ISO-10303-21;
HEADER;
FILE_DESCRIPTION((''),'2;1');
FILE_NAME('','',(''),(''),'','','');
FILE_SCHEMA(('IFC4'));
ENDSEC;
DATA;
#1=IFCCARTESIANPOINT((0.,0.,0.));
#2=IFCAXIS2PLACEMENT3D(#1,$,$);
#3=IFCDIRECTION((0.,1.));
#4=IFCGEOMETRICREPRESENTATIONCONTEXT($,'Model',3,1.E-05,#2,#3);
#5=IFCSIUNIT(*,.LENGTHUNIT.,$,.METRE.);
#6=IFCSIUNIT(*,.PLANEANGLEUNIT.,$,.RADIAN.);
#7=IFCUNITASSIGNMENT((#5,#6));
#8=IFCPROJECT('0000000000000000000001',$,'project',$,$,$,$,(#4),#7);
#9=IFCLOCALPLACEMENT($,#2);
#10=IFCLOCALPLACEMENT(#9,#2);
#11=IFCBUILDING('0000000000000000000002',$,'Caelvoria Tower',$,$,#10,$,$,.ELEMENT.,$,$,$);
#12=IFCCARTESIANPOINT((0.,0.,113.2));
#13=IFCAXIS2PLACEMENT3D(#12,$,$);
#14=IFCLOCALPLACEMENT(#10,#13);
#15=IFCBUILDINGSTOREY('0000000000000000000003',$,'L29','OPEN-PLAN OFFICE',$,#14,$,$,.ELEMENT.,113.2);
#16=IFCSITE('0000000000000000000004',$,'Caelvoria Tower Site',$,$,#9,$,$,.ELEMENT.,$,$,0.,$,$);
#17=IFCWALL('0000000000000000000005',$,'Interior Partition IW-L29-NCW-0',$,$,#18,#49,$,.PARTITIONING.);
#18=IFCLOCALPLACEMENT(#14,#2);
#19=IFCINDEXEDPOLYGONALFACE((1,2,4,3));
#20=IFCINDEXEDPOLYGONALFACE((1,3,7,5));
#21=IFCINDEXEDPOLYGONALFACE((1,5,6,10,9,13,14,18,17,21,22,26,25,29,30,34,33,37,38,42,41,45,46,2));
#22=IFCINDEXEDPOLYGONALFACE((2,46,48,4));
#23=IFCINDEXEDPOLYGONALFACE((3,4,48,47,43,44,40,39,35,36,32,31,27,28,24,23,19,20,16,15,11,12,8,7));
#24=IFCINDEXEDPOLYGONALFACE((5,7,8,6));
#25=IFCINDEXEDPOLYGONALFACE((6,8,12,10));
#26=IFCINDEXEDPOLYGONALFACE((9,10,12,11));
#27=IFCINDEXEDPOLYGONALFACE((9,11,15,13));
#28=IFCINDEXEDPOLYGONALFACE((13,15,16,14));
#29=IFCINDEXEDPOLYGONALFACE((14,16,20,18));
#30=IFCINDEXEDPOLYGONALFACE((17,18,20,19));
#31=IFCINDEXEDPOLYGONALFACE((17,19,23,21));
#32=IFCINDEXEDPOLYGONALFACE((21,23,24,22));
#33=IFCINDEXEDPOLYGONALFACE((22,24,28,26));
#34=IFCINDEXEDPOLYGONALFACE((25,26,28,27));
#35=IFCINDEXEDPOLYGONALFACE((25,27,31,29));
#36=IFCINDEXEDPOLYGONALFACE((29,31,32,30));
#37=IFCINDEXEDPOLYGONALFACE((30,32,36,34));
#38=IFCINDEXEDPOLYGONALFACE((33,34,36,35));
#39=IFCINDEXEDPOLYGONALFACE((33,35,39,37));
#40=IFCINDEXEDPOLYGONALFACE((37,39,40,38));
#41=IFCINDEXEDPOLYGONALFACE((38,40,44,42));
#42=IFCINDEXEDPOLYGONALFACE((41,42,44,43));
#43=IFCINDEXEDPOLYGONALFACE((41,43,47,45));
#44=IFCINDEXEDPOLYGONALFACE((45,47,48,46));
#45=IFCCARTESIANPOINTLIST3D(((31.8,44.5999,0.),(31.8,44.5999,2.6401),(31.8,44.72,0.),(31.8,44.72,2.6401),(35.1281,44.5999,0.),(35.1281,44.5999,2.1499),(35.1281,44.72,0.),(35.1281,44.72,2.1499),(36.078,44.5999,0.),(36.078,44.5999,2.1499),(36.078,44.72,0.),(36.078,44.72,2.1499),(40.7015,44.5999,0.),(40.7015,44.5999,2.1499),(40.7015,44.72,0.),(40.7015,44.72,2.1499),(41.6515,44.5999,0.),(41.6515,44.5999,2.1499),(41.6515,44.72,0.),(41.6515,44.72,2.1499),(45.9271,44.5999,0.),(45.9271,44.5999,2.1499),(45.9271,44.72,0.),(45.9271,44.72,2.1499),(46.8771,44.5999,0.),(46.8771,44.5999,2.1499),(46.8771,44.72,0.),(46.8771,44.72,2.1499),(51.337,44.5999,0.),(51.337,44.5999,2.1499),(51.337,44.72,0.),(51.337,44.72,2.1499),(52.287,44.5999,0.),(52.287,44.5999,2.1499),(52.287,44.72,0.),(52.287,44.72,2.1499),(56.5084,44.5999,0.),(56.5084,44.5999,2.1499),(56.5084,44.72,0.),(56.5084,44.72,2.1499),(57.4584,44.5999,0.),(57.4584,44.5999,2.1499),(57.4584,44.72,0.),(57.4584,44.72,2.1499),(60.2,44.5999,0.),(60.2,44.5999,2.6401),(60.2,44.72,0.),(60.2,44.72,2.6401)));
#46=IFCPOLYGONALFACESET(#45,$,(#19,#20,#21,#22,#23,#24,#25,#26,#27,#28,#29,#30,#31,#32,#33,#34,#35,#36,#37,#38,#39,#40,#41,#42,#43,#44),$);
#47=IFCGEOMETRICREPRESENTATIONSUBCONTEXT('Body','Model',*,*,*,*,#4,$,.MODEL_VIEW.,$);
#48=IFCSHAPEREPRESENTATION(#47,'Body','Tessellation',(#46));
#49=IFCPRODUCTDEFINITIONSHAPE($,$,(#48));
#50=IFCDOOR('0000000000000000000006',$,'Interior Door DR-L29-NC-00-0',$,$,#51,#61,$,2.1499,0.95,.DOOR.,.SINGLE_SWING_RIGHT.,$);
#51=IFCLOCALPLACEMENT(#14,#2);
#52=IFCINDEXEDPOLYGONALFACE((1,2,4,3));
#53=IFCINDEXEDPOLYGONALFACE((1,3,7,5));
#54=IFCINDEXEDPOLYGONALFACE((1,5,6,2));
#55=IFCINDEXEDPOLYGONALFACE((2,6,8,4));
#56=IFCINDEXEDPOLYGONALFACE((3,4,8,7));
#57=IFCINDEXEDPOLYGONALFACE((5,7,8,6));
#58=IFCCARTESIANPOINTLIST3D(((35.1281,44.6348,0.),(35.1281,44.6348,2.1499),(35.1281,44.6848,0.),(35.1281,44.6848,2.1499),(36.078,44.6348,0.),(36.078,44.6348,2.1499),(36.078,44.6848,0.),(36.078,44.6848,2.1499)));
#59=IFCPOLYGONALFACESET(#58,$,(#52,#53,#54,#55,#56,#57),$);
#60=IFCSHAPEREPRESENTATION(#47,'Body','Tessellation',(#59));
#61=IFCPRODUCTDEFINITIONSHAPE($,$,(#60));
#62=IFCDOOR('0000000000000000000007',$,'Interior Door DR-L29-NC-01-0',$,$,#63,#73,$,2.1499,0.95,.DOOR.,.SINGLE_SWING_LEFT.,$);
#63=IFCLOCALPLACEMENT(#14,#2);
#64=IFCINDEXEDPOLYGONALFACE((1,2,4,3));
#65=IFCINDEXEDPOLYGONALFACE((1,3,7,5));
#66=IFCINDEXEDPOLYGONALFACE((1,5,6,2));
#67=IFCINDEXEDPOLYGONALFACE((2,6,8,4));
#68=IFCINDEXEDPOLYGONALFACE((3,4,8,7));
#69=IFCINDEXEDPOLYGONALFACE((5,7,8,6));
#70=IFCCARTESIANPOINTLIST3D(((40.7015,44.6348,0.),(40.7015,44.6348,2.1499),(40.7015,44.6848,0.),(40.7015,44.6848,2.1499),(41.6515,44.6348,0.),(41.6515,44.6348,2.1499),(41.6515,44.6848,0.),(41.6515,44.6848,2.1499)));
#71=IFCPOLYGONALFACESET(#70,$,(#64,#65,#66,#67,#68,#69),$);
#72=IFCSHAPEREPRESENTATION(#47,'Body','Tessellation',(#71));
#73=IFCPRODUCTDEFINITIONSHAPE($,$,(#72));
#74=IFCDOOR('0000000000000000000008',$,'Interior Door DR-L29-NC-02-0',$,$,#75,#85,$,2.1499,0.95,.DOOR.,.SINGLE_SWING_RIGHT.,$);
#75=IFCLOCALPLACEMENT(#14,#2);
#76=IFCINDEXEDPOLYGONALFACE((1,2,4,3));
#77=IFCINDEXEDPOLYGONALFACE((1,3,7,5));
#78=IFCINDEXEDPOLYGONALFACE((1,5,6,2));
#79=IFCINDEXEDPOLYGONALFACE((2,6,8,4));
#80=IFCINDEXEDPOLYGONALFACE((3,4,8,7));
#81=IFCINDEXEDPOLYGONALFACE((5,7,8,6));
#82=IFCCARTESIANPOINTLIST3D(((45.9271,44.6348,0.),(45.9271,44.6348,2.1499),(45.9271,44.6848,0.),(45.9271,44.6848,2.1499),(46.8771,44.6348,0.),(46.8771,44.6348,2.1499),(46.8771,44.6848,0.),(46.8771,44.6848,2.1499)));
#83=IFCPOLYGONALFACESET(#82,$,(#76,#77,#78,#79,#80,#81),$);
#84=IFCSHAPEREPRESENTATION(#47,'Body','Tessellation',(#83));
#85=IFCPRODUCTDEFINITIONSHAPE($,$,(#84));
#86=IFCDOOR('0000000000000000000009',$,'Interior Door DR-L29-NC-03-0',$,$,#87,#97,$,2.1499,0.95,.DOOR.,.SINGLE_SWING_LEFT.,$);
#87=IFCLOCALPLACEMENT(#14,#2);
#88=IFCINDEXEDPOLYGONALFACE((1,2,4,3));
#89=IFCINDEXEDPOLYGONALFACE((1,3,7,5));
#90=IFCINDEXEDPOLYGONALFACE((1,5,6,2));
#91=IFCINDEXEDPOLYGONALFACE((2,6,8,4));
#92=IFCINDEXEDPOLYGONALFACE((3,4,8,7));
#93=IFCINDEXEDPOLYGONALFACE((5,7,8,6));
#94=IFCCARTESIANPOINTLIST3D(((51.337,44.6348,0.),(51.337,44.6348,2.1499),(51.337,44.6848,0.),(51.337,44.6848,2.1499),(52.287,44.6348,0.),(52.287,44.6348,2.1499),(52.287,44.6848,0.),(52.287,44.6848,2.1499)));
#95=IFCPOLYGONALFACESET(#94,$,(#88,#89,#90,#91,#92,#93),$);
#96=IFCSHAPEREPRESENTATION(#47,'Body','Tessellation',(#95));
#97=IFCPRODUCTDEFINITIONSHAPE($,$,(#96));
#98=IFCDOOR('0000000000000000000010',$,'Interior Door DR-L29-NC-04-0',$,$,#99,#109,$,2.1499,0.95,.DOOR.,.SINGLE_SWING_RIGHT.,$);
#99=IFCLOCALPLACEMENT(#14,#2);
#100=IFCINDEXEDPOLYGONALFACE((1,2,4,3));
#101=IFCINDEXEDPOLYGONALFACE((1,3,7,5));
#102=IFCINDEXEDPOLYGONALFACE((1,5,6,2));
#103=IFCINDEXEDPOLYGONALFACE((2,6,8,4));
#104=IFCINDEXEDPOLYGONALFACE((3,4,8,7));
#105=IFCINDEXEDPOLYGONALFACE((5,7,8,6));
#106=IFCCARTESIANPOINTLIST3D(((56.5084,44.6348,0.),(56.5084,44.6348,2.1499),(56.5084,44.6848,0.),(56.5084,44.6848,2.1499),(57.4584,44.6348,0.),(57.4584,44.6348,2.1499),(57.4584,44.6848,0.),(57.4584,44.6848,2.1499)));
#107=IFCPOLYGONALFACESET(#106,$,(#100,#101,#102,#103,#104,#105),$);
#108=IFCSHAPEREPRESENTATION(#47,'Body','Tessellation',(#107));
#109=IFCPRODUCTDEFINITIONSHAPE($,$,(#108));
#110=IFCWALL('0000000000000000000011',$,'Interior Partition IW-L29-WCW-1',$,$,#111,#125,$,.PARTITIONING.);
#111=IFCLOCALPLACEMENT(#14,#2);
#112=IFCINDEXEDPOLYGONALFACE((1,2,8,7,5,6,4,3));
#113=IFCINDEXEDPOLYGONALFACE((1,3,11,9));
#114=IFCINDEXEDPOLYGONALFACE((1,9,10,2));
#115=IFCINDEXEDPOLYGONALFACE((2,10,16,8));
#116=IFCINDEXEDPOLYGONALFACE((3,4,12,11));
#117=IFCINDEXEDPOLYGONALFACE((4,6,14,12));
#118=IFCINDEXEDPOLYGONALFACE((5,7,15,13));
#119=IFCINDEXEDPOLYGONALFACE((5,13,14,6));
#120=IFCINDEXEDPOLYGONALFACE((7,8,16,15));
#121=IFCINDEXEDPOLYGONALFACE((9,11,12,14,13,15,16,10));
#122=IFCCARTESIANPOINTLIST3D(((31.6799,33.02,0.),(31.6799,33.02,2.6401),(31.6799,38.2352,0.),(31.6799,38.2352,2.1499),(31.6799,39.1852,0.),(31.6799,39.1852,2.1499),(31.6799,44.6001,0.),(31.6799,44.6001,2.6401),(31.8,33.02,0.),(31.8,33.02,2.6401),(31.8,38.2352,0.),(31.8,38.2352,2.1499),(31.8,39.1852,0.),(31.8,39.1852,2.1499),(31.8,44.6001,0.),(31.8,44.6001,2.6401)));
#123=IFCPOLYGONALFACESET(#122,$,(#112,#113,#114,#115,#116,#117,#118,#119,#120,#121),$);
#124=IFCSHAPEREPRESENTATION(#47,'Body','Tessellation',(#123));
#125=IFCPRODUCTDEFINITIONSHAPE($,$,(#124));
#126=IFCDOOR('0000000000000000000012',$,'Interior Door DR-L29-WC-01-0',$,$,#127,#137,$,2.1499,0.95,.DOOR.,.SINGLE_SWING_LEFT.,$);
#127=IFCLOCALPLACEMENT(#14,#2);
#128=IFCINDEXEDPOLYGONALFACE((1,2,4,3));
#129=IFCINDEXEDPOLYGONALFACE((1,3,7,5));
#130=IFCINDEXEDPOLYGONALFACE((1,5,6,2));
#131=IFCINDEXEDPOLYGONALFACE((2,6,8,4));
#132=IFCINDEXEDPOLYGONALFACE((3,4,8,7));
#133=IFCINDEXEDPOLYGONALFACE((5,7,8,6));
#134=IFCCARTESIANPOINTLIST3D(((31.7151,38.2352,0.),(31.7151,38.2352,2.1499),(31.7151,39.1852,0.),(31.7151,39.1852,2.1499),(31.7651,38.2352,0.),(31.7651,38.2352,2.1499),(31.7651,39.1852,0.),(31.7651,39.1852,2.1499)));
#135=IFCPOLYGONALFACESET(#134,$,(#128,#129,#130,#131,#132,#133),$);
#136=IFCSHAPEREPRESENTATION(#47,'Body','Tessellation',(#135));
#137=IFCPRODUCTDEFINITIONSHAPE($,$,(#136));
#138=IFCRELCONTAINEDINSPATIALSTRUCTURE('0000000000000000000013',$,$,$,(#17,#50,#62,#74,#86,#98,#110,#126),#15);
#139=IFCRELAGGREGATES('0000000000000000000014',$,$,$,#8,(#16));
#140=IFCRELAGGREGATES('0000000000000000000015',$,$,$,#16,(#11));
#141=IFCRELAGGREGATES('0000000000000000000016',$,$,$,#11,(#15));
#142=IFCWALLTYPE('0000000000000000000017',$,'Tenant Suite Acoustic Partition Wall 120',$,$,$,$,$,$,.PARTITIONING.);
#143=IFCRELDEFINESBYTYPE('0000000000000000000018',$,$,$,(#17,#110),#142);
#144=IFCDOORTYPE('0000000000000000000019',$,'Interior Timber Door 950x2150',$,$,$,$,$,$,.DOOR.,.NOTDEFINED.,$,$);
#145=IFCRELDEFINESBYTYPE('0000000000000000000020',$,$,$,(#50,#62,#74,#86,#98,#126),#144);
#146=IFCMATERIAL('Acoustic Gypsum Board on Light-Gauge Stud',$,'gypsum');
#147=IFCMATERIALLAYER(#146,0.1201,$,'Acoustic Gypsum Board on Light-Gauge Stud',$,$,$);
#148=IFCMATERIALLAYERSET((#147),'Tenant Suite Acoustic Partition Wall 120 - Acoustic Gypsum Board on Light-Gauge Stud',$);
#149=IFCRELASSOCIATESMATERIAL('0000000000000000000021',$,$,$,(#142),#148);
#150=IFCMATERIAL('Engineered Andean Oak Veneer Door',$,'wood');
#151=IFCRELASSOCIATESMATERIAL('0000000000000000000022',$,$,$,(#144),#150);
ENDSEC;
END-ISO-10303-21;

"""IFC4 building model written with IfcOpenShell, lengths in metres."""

from ifc_helpers import new_model, si_unit, direction, frame, frame_2d, origin, place, context, subcontext, project, spatial, rectangle, extrude, material, layer, layer_set, type_object, element, fill, save


model = new_model("IFC4")

# Units and contexts
model_context = context("Model", 3, precision=1e-05, world=origin(), true_north=direction((0.0, 1.0)))
body_context = subcontext(model_context, "Body", "Model", "MODEL_VIEW")
ifc_project = project(units=[si_unit("LENGTHUNIT", "METRE"), si_unit("PLANEANGLEUNIT", "RADIAN")], contexts=[model_context])

# Site, building, storey
site_placement = place(None, origin())
site = spatial("IfcSite", under=ifc_project, at=site_placement, Name="Caelvoria Tower Site", CompositionType="ELEMENT", RefElevation=0.0)
building_placement = place(site_placement, origin())
building = spatial("IfcBuilding", under=site, at=building_placement, Name="Caelvoria Tower", CompositionType="ELEMENT")
storey_placement = place(building_placement, frame((0.0, 0.0, 113.2)))
storey = spatial("IfcBuildingStorey", under=building, at=storey_placement, Name="L29", Description="OPEN-PLAN OFFICE", CompositionType="ELEMENT", Elevation=113.2)

# Wall, openings, doors
ifc_material_1 = material(Name="Acoustic Gypsum Board on Light-Gauge Stud", Category="gypsum")
ifc_layer_1 = layer(ifc_material_1, 0.1201, Name="Acoustic Gypsum Board on Light-Gauge Stud")
ifc_layer_set_1 = layer_set([ifc_layer_1], Name="Tenant Suite Acoustic Partition Wall 120 - Acoustic Gypsum Board on Light-Gauge Stud")
wall_type_1 = type_object("IfcWallType", Name="Tenant Suite Acoustic Partition Wall 120", PredefinedType="PARTITIONING", material=ifc_layer_set_1)
wall_1_placement = place(storey_placement, frame((31.8, 44.6599, 0.0), z_axis=(0.0, 0.0, 1.0), x_axis=(1.0, 0.0, 0.0)))
wall_1 = element("IfcWall", 1, at=wall_1_placement, inside=storey, type_object=wall_type_1, Name="Interior Partition IW-L29-NCW-0", PredefinedType="PARTITIONING", context=body_context, shape_type="SweptSolid", body=[
    extrude(rectangle(XDim=28.3999, YDim=0.1201, at=frame_2d((14.2, 0.0))), origin(), (0.0, 0.0, 1.0), 2.6401),
])
opening_1_placement = place(wall_1_placement, frame((3.3279, 0.0, 0.0)))
opening_1 = element("IfcOpeningElement", 2, at=opening_1_placement, cuts=wall_1, PredefinedType="OPENING", context=body_context, shape_type="SweptSolid", body=[
    extrude(rectangle(XDim=0.95, YDim=2.1499, at=frame_2d((0.4751, 1.075))), frame((0.0, 0.0701, 0.0), z_axis=(0.0, -1.0, 0.0), x_axis=(1.0, 0.0, 0.0)), (0.0, 0.0, 1.0), 0.1401),
])
opening_2_placement = place(wall_1_placement, frame((8.9014, 0.0, 0.0)))
opening_2 = element("IfcOpeningElement", 3, at=opening_2_placement, cuts=wall_1, PredefinedType="OPENING", context=body_context, shape_type="SweptSolid", body=[
    extrude(rectangle(XDim=0.95, YDim=2.1499, at=frame_2d((0.4751, 1.075))), frame((0.0, 0.0701, 0.0), z_axis=(0.0, -1.0, 0.0), x_axis=(1.0, 0.0, 0.0)), (0.0, 0.0, 1.0), 0.1401),
])
opening_3_placement = place(wall_1_placement, frame((14.127, 0.0, 0.0)))
opening_3 = element("IfcOpeningElement", 4, at=opening_3_placement, cuts=wall_1, PredefinedType="OPENING", context=body_context, shape_type="SweptSolid", body=[
    extrude(rectangle(XDim=0.95, YDim=2.1499, at=frame_2d((0.4751, 1.075))), frame((0.0, 0.0701, 0.0), z_axis=(0.0, -1.0, 0.0), x_axis=(1.0, 0.0, 0.0)), (0.0, 0.0, 1.0), 0.1401),
])
opening_4_placement = place(wall_1_placement, frame((19.5369, 0.0, 0.0)))
opening_4 = element("IfcOpeningElement", 5, at=opening_4_placement, cuts=wall_1, PredefinedType="OPENING", context=body_context, shape_type="SweptSolid", body=[
    extrude(rectangle(XDim=0.95, YDim=2.1499, at=frame_2d((0.4751, 1.075))), frame((0.0, 0.0701, 0.0), z_axis=(0.0, -1.0, 0.0), x_axis=(1.0, 0.0, 0.0)), (0.0, 0.0, 1.0), 0.1401),
])
opening_5_placement = place(wall_1_placement, frame((24.7083, 0.0, 0.0)))
opening_5 = element("IfcOpeningElement", 6, at=opening_5_placement, cuts=wall_1, PredefinedType="OPENING", context=body_context, shape_type="SweptSolid", body=[
    extrude(rectangle(XDim=0.95, YDim=2.1499, at=frame_2d((0.4751, 1.075))), frame((0.0, 0.0701, 0.0), z_axis=(0.0, -1.0, 0.0), x_axis=(1.0, 0.0, 0.0)), (0.0, 0.0, 1.0), 0.1401),
])
ifc_material_2 = material(Name="Engineered Andean Oak Veneer Door", Category="wood")
door_type_1 = type_object("IfcDoorType", Name="Interior Timber Door 950x2150", OperationType="NOTDEFINED", PredefinedType="DOOR", material=ifc_material_2)
door_1_placement = place(opening_1_placement, origin())
door_1 = element("IfcDoor", 7, at=door_1_placement, inside=storey, type_object=door_type_1, Name="Interior Door DR-L29-NC-00-0", OperationType="SINGLE_SWING_RIGHT", OverallHeight=2.1499, OverallWidth=0.95, PredefinedType="DOOR", context=body_context, shape_type="SweptSolid", body=[
    extrude(rectangle(XDim=0.95, YDim=2.1499, at=frame_2d((0.4751, 1.075))), frame((0.0, 0.0249, 0.0), z_axis=(0.0, -1.0, 0.0), x_axis=(1.0, 0.0, 0.0)), (0.0, 0.0, 1.0), 0.05),
])
fill(opening_1, door_1)
door_2_placement = place(opening_2_placement, origin())
door_2 = element("IfcDoor", 8, at=door_2_placement, inside=storey, type_object=door_type_1, Name="Interior Door DR-L29-NC-01-0", OperationType="SINGLE_SWING_LEFT", OverallHeight=2.1499, OverallWidth=0.95, PredefinedType="DOOR", context=body_context, shape_type="SweptSolid", body=[
    extrude(rectangle(XDim=0.95, YDim=2.1499, at=frame_2d((0.4751, 1.075))), frame((0.0, 0.0249, 0.0), z_axis=(0.0, -1.0, 0.0), x_axis=(1.0, 0.0, 0.0)), (0.0, 0.0, 1.0), 0.05),
])
fill(opening_2, door_2)
door_3_placement = place(opening_3_placement, origin())
door_3 = element("IfcDoor", 9, at=door_3_placement, inside=storey, type_object=door_type_1, Name="Interior Door DR-L29-NC-02-0", OperationType="SINGLE_SWING_RIGHT", OverallHeight=2.1499, OverallWidth=0.95, PredefinedType="DOOR", context=body_context, shape_type="SweptSolid", body=[
    extrude(rectangle(XDim=0.95, YDim=2.1499, at=frame_2d((0.4751, 1.075))), frame((0.0, 0.0249, 0.0), z_axis=(0.0, -1.0, 0.0), x_axis=(1.0, 0.0, 0.0)), (0.0, 0.0, 1.0), 0.05),
])
fill(opening_3, door_3)
door_4_placement = place(opening_4_placement, origin())
door_4 = element("IfcDoor", 10, at=door_4_placement, inside=storey, type_object=door_type_1, Name="Interior Door DR-L29-NC-03-0", OperationType="SINGLE_SWING_LEFT", OverallHeight=2.1499, OverallWidth=0.95, PredefinedType="DOOR", context=body_context, shape_type="SweptSolid", body=[
    extrude(rectangle(XDim=0.95, YDim=2.1499, at=frame_2d((0.4751, 1.075))), frame((0.0, 0.0249, 0.0), z_axis=(0.0, -1.0, 0.0), x_axis=(1.0, 0.0, 0.0)), (0.0, 0.0, 1.0), 0.05),
])
fill(opening_4, door_4)
door_5_placement = place(opening_5_placement, origin())
door_5 = element("IfcDoor", 11, at=door_5_placement, inside=storey, type_object=door_type_1, Name="Interior Door DR-L29-NC-04-0", OperationType="SINGLE_SWING_RIGHT", OverallHeight=2.1499, OverallWidth=0.95, PredefinedType="DOOR", context=body_context, shape_type="SweptSolid", body=[
    extrude(rectangle(XDim=0.95, YDim=2.1499, at=frame_2d((0.4751, 1.075))), frame((0.0, 0.0249, 0.0), z_axis=(0.0, -1.0, 0.0), x_axis=(1.0, 0.0, 0.0)), (0.0, 0.0, 1.0), 0.05),
])
fill(opening_5, door_5)

# Wall, opening, door
wall_2_placement = place(storey_placement, frame((31.74, 33.02, 0.0), z_axis=(0.0, 0.0, 1.0), x_axis=(0.0, 1.0, 0.0)))
wall_2 = element("IfcWall", 12, at=wall_2_placement, inside=storey, type_object=wall_type_1, Name="Interior Partition IW-L29-WCW-1", PredefinedType="PARTITIONING", context=body_context, shape_type="SweptSolid", body=[
    extrude(rectangle(XDim=11.5801, YDim=0.1201, at=frame_2d((5.79, 0.0))), origin(), (0.0, 0.0, 1.0), 2.6401),
])
opening_6_placement = place(wall_2_placement, frame((5.2151, 0.0, 0.0)))
opening_6 = element("IfcOpeningElement", 13, at=opening_6_placement, cuts=wall_2, PredefinedType="OPENING", context=body_context, shape_type="SweptSolid", body=[
    extrude(rectangle(XDim=0.95, YDim=2.1499, at=frame_2d((0.4751, 1.075))), frame((0.0, 0.0701, 0.0), z_axis=(0.0, -1.0, 0.0), x_axis=(1.0, 0.0, 0.0)), (0.0, 0.0, 1.0), 0.1401),
])
door_6_placement = place(opening_6_placement, origin())
door_6 = element("IfcDoor", 14, at=door_6_placement, inside=storey, type_object=door_type_1, Name="Interior Door DR-L29-WC-01-0", OperationType="SINGLE_SWING_LEFT", OverallHeight=2.1499, OverallWidth=0.95, PredefinedType="DOOR", context=body_context, shape_type="SweptSolid", body=[
    extrude(rectangle(XDim=0.95, YDim=2.1499, at=frame_2d((0.4751, 1.075))), frame((0.0, 0.0249, 0.0), z_axis=(0.0, -1.0, 0.0), x_axis=(1.0, 0.0, 0.0)), (0.0, 0.0, 1.0), 0.05),
])
fill(opening_6, door_6)

save(model, "model.ifc")
